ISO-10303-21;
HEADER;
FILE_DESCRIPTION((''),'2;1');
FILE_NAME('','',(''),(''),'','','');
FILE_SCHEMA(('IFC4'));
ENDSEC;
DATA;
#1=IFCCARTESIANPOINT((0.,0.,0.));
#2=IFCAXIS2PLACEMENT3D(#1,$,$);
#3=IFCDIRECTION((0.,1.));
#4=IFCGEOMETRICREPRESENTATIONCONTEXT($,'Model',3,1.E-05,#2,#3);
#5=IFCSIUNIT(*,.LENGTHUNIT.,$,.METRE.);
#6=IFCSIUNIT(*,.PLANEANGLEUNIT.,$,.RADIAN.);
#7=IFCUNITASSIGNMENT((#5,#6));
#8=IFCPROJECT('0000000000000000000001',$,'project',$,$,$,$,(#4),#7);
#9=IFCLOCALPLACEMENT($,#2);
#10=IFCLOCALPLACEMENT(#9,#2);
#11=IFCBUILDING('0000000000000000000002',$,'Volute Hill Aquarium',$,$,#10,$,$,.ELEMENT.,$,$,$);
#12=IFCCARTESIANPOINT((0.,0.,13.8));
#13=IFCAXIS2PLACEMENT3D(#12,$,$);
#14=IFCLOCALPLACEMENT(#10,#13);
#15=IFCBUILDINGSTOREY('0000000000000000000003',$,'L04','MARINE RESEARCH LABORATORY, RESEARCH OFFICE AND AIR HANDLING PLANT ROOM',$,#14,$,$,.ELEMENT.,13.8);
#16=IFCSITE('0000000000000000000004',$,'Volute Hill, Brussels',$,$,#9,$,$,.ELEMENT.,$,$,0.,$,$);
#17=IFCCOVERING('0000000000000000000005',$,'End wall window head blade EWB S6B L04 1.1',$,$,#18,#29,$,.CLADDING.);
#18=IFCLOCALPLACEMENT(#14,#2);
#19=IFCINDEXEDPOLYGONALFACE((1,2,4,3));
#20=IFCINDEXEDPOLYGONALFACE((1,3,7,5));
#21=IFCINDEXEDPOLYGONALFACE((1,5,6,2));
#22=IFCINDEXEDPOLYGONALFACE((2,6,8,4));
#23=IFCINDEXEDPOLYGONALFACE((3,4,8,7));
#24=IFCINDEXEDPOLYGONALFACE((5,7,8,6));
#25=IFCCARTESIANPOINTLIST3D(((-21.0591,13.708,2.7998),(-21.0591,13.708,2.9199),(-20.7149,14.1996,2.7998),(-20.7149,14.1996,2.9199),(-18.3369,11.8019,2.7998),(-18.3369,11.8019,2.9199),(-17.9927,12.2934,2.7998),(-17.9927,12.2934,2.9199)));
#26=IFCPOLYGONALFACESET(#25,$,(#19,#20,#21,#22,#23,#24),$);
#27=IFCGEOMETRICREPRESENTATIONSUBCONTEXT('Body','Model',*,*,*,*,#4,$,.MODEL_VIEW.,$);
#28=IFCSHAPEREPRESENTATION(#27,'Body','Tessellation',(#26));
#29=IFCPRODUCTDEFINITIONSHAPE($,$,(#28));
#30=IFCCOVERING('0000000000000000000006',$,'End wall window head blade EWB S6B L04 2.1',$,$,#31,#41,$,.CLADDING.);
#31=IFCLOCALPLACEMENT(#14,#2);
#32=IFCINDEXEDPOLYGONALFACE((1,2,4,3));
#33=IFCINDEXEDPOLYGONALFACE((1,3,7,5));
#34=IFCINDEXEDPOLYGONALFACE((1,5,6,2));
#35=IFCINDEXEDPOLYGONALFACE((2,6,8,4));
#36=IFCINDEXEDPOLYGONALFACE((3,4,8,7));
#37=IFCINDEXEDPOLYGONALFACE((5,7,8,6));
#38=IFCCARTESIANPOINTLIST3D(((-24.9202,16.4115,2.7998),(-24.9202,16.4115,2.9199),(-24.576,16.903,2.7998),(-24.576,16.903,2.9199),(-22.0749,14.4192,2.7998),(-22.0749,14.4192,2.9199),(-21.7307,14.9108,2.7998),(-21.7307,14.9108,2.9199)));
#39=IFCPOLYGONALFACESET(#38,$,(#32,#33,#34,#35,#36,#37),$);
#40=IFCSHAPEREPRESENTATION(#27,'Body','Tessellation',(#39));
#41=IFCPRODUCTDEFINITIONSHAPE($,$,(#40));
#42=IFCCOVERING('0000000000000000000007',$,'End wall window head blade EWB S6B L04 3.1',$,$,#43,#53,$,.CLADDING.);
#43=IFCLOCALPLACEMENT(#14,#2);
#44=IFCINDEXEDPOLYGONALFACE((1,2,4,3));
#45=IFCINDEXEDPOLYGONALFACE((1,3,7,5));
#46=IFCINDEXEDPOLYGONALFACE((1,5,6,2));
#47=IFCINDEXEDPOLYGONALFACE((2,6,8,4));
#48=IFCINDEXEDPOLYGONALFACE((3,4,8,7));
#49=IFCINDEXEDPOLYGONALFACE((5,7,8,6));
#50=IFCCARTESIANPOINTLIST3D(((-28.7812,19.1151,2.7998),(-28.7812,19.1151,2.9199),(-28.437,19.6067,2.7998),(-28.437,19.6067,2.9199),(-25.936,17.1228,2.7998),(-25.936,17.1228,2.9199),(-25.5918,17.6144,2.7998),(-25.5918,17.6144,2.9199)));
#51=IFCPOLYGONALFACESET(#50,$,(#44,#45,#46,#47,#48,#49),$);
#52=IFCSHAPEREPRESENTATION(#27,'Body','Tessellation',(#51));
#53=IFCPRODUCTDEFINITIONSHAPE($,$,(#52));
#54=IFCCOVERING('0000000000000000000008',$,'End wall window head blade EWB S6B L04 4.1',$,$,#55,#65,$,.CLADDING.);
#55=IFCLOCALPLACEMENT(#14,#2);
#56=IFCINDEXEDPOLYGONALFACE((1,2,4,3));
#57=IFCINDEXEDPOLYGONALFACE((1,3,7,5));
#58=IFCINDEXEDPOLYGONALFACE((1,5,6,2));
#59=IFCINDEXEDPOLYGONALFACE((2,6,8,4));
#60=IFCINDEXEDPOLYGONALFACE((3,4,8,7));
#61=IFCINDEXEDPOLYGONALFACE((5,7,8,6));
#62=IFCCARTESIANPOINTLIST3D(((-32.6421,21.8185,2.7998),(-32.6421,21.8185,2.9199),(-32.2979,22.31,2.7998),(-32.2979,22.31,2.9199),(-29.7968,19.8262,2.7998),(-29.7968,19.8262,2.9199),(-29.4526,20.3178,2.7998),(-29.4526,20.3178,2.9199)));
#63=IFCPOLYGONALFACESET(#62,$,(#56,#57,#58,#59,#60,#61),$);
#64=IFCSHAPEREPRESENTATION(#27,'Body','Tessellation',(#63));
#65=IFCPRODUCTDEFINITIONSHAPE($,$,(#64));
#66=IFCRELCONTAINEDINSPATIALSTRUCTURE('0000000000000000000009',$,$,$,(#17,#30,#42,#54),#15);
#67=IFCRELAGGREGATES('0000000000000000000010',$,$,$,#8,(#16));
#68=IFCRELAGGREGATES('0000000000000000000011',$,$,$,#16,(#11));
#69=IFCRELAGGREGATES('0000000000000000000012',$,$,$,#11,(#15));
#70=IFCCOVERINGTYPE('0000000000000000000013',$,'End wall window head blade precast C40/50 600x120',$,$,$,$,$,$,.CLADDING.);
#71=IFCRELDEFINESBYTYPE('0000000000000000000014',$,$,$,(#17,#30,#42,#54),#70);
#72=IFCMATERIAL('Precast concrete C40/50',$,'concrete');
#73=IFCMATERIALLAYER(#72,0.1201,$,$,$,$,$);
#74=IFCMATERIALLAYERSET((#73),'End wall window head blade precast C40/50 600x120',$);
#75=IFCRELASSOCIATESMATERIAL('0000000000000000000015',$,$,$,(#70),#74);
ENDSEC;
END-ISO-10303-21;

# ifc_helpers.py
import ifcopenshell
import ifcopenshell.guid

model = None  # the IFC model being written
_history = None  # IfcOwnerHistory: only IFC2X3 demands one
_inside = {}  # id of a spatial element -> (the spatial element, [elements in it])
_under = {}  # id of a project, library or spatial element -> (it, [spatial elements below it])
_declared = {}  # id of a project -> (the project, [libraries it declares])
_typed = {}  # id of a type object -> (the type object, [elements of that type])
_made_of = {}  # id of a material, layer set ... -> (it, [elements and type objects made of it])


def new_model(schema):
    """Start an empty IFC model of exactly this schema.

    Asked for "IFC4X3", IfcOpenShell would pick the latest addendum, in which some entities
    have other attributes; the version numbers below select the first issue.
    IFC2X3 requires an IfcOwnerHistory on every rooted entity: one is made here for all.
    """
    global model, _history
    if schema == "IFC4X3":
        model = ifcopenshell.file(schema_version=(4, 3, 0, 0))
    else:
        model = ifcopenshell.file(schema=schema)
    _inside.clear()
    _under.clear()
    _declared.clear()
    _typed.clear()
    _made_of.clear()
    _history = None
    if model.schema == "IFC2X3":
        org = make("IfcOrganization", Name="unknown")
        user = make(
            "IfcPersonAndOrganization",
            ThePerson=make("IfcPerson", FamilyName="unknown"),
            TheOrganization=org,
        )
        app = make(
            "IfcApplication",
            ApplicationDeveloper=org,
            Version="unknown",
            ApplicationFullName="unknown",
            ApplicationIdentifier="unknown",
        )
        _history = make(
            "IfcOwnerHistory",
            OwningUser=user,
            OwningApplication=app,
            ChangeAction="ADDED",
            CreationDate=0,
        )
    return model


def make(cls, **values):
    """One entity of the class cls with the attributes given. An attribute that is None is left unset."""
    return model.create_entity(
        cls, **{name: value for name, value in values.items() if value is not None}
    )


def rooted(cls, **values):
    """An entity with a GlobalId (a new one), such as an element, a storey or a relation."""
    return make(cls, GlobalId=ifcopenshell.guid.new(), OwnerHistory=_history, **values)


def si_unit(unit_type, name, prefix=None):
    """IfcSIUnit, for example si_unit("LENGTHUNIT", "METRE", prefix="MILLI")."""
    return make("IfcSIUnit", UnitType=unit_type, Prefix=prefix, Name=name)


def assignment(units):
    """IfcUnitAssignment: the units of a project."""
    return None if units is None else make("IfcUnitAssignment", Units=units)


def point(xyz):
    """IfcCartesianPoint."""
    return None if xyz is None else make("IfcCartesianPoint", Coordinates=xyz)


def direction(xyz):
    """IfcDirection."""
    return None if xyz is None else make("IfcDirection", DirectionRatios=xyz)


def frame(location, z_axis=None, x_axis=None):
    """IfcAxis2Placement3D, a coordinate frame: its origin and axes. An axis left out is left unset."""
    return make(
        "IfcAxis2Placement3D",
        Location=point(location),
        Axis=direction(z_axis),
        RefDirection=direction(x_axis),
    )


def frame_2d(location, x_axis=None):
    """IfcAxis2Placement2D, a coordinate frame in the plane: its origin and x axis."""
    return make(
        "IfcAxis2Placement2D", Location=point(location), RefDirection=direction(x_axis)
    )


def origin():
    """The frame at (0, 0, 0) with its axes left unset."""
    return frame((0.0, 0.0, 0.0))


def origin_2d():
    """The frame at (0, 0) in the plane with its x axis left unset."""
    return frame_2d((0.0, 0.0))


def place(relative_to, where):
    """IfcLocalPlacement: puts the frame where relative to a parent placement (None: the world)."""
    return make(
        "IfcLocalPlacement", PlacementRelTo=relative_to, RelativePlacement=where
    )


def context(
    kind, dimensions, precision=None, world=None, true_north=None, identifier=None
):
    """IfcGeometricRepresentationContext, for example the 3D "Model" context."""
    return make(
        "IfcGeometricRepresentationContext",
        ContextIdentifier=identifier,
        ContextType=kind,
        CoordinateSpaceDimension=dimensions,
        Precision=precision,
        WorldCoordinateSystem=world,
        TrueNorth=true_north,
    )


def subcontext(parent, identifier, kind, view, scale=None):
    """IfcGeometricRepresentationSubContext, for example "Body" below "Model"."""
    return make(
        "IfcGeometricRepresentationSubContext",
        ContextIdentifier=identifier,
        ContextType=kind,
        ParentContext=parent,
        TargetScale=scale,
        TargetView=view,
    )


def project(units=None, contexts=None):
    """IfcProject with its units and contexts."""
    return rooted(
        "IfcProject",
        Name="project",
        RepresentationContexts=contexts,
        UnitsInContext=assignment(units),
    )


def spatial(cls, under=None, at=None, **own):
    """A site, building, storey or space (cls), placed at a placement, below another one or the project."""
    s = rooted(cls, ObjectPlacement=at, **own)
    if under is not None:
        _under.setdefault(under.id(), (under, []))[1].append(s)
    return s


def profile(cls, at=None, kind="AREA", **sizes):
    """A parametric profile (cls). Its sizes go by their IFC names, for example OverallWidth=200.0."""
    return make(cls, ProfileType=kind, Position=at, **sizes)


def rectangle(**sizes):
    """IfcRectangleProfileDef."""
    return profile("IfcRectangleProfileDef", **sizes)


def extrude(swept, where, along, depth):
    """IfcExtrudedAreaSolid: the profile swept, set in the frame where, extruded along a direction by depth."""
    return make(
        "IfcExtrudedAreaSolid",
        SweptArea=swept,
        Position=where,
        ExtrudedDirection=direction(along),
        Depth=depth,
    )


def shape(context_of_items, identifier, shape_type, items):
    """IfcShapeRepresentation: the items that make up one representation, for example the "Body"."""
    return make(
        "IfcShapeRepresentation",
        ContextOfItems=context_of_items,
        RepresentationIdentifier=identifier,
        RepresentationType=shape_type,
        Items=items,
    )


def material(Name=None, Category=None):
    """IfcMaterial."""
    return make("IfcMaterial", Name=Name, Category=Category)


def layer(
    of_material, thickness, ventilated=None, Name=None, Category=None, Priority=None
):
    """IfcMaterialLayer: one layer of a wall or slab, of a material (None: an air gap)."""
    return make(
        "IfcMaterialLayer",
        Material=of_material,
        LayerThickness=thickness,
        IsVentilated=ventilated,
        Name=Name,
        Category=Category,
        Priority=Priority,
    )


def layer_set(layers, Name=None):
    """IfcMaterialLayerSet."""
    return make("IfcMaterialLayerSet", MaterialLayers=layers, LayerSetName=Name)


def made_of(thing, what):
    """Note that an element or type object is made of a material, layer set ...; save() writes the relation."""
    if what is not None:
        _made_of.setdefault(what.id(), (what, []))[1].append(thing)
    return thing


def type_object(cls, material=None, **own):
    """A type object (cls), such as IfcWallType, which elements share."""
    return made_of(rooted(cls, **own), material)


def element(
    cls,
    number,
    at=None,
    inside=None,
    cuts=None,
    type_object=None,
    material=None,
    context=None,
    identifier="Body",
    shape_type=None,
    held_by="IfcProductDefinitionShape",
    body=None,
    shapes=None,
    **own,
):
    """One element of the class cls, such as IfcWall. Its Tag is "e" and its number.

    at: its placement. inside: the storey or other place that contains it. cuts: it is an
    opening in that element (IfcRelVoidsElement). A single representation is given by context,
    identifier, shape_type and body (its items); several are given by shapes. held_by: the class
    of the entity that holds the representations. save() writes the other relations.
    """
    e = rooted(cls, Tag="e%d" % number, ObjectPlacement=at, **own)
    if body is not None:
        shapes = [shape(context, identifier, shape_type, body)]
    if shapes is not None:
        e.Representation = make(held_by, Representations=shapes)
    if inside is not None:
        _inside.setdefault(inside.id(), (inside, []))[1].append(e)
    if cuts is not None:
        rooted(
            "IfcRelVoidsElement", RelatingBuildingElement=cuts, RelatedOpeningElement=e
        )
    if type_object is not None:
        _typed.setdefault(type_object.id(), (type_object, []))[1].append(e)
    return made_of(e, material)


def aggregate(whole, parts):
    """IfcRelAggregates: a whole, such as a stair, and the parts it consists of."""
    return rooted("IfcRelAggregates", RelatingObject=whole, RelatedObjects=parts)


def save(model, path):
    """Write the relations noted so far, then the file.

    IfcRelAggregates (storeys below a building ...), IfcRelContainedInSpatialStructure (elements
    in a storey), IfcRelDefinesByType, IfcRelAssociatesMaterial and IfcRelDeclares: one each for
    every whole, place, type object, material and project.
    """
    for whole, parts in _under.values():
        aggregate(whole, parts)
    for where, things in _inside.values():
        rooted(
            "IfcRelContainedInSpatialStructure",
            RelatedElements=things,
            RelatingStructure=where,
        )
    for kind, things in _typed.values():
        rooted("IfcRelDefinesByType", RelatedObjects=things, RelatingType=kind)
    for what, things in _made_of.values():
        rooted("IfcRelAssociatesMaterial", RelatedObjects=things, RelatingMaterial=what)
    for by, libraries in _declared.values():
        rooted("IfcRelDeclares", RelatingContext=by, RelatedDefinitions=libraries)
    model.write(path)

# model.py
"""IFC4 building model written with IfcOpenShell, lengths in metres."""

from ifc_helpers import new_model, si_unit, direction, frame, origin, origin_2d, place, context, subcontext, project, spatial, rectangle, extrude, material, layer, layer_set, type_object, element, save


model = new_model("IFC4")

# Units and contexts
model_context = context("Model", 3, precision=1e-05, world=origin(), true_north=direction((0.0, 1.0)))
body_context = subcontext(model_context, "Body", "Model", "MODEL_VIEW")
ifc_project = project(units=[si_unit("LENGTHUNIT", "METRE"), si_unit("PLANEANGLEUNIT", "RADIAN")], contexts=[model_context])

# Site, building, storey
site_placement = place(None, origin())
site = spatial("IfcSite", under=ifc_project, at=site_placement, Name="Volute Hill, Brussels", CompositionType="ELEMENT", RefElevation=0.0)
building_placement = place(site_placement, origin())
building = spatial("IfcBuilding", under=site, at=building_placement, Name="Volute Hill Aquarium", CompositionType="ELEMENT")
storey_placement = place(building_placement, frame((0.0, 0.0, 13.8)))
storey = spatial("IfcBuildingStorey", under=building, at=storey_placement, Name="L04", Description="MARINE RESEARCH LABORATORY, RESEARCH OFFICE AND AIR HANDLING PLANT ROOM", CompositionType="ELEMENT", Elevation=13.8)

# Coverings
ifc_material_1 = material(Name="Precast concrete C40/50", Category="concrete")
ifc_layer_1 = layer(ifc_material_1, 0.1201)
ifc_layer_set_1 = layer_set([ifc_layer_1], Name="End wall window head blade precast C40/50 600x120")
covering_type_1 = type_object("IfcCoveringType", Name="End wall window head blade precast C40/50 600x120", PredefinedType="CLADDING", material=ifc_layer_set_1)
covering_1_placement = place(storey_placement, frame((-19.5259, 13.0007, 2.7998), z_axis=(0.0, 0.0, 1.0), x_axis=(-0.819151, 0.573577, 0.0)))
element("IfcCovering", 1, at=covering_1_placement, inside=storey, type_object=covering_type_1, Name="End wall window head blade EWB S6B L04 1.1", PredefinedType="CLADDING", context=body_context, shape_type="SweptSolid", body=[
    extrude(rectangle(XDim=3.3232, YDim=0.6001, at=origin_2d()), origin(), (0.0, 0.0, 1.0), 0.1201),
])
for number, where, z_axis, x_axis, name in (
    (2, (-23.3254, 15.6611, 2.7998), (0.0, 0.0, 1.0), (-0.819151, 0.573577, 0.0), "End wall window head blade EWB S6B L04 2.1"),
    (3, (-27.1865, 18.3647, 2.7998), (0.0, 0.0, 1.0), (-0.819151, 0.573577, 0.0), "End wall window head blade EWB S6B L04 3.1"),
    (4, (-31.0474, 21.0681, 2.7998), (0.0, 0.0, 1.0), (-0.819151, 0.573577, 0.0), "End wall window head blade EWB S6B L04 4.1"),
):
    element("IfcCovering", number, at=place(storey_placement, frame(where, z_axis=z_axis, x_axis=x_axis)), inside=storey, type_object=covering_type_1, Name=name, PredefinedType="CLADDING", context=body_context, shape_type="SweptSolid", body=[
        extrude(rectangle(XDim=3.4734, YDim=0.6001, at=origin_2d()), origin(), (0.0, 0.0, 1.0), 0.1201),
    ])

save(model, "model.ifc")
